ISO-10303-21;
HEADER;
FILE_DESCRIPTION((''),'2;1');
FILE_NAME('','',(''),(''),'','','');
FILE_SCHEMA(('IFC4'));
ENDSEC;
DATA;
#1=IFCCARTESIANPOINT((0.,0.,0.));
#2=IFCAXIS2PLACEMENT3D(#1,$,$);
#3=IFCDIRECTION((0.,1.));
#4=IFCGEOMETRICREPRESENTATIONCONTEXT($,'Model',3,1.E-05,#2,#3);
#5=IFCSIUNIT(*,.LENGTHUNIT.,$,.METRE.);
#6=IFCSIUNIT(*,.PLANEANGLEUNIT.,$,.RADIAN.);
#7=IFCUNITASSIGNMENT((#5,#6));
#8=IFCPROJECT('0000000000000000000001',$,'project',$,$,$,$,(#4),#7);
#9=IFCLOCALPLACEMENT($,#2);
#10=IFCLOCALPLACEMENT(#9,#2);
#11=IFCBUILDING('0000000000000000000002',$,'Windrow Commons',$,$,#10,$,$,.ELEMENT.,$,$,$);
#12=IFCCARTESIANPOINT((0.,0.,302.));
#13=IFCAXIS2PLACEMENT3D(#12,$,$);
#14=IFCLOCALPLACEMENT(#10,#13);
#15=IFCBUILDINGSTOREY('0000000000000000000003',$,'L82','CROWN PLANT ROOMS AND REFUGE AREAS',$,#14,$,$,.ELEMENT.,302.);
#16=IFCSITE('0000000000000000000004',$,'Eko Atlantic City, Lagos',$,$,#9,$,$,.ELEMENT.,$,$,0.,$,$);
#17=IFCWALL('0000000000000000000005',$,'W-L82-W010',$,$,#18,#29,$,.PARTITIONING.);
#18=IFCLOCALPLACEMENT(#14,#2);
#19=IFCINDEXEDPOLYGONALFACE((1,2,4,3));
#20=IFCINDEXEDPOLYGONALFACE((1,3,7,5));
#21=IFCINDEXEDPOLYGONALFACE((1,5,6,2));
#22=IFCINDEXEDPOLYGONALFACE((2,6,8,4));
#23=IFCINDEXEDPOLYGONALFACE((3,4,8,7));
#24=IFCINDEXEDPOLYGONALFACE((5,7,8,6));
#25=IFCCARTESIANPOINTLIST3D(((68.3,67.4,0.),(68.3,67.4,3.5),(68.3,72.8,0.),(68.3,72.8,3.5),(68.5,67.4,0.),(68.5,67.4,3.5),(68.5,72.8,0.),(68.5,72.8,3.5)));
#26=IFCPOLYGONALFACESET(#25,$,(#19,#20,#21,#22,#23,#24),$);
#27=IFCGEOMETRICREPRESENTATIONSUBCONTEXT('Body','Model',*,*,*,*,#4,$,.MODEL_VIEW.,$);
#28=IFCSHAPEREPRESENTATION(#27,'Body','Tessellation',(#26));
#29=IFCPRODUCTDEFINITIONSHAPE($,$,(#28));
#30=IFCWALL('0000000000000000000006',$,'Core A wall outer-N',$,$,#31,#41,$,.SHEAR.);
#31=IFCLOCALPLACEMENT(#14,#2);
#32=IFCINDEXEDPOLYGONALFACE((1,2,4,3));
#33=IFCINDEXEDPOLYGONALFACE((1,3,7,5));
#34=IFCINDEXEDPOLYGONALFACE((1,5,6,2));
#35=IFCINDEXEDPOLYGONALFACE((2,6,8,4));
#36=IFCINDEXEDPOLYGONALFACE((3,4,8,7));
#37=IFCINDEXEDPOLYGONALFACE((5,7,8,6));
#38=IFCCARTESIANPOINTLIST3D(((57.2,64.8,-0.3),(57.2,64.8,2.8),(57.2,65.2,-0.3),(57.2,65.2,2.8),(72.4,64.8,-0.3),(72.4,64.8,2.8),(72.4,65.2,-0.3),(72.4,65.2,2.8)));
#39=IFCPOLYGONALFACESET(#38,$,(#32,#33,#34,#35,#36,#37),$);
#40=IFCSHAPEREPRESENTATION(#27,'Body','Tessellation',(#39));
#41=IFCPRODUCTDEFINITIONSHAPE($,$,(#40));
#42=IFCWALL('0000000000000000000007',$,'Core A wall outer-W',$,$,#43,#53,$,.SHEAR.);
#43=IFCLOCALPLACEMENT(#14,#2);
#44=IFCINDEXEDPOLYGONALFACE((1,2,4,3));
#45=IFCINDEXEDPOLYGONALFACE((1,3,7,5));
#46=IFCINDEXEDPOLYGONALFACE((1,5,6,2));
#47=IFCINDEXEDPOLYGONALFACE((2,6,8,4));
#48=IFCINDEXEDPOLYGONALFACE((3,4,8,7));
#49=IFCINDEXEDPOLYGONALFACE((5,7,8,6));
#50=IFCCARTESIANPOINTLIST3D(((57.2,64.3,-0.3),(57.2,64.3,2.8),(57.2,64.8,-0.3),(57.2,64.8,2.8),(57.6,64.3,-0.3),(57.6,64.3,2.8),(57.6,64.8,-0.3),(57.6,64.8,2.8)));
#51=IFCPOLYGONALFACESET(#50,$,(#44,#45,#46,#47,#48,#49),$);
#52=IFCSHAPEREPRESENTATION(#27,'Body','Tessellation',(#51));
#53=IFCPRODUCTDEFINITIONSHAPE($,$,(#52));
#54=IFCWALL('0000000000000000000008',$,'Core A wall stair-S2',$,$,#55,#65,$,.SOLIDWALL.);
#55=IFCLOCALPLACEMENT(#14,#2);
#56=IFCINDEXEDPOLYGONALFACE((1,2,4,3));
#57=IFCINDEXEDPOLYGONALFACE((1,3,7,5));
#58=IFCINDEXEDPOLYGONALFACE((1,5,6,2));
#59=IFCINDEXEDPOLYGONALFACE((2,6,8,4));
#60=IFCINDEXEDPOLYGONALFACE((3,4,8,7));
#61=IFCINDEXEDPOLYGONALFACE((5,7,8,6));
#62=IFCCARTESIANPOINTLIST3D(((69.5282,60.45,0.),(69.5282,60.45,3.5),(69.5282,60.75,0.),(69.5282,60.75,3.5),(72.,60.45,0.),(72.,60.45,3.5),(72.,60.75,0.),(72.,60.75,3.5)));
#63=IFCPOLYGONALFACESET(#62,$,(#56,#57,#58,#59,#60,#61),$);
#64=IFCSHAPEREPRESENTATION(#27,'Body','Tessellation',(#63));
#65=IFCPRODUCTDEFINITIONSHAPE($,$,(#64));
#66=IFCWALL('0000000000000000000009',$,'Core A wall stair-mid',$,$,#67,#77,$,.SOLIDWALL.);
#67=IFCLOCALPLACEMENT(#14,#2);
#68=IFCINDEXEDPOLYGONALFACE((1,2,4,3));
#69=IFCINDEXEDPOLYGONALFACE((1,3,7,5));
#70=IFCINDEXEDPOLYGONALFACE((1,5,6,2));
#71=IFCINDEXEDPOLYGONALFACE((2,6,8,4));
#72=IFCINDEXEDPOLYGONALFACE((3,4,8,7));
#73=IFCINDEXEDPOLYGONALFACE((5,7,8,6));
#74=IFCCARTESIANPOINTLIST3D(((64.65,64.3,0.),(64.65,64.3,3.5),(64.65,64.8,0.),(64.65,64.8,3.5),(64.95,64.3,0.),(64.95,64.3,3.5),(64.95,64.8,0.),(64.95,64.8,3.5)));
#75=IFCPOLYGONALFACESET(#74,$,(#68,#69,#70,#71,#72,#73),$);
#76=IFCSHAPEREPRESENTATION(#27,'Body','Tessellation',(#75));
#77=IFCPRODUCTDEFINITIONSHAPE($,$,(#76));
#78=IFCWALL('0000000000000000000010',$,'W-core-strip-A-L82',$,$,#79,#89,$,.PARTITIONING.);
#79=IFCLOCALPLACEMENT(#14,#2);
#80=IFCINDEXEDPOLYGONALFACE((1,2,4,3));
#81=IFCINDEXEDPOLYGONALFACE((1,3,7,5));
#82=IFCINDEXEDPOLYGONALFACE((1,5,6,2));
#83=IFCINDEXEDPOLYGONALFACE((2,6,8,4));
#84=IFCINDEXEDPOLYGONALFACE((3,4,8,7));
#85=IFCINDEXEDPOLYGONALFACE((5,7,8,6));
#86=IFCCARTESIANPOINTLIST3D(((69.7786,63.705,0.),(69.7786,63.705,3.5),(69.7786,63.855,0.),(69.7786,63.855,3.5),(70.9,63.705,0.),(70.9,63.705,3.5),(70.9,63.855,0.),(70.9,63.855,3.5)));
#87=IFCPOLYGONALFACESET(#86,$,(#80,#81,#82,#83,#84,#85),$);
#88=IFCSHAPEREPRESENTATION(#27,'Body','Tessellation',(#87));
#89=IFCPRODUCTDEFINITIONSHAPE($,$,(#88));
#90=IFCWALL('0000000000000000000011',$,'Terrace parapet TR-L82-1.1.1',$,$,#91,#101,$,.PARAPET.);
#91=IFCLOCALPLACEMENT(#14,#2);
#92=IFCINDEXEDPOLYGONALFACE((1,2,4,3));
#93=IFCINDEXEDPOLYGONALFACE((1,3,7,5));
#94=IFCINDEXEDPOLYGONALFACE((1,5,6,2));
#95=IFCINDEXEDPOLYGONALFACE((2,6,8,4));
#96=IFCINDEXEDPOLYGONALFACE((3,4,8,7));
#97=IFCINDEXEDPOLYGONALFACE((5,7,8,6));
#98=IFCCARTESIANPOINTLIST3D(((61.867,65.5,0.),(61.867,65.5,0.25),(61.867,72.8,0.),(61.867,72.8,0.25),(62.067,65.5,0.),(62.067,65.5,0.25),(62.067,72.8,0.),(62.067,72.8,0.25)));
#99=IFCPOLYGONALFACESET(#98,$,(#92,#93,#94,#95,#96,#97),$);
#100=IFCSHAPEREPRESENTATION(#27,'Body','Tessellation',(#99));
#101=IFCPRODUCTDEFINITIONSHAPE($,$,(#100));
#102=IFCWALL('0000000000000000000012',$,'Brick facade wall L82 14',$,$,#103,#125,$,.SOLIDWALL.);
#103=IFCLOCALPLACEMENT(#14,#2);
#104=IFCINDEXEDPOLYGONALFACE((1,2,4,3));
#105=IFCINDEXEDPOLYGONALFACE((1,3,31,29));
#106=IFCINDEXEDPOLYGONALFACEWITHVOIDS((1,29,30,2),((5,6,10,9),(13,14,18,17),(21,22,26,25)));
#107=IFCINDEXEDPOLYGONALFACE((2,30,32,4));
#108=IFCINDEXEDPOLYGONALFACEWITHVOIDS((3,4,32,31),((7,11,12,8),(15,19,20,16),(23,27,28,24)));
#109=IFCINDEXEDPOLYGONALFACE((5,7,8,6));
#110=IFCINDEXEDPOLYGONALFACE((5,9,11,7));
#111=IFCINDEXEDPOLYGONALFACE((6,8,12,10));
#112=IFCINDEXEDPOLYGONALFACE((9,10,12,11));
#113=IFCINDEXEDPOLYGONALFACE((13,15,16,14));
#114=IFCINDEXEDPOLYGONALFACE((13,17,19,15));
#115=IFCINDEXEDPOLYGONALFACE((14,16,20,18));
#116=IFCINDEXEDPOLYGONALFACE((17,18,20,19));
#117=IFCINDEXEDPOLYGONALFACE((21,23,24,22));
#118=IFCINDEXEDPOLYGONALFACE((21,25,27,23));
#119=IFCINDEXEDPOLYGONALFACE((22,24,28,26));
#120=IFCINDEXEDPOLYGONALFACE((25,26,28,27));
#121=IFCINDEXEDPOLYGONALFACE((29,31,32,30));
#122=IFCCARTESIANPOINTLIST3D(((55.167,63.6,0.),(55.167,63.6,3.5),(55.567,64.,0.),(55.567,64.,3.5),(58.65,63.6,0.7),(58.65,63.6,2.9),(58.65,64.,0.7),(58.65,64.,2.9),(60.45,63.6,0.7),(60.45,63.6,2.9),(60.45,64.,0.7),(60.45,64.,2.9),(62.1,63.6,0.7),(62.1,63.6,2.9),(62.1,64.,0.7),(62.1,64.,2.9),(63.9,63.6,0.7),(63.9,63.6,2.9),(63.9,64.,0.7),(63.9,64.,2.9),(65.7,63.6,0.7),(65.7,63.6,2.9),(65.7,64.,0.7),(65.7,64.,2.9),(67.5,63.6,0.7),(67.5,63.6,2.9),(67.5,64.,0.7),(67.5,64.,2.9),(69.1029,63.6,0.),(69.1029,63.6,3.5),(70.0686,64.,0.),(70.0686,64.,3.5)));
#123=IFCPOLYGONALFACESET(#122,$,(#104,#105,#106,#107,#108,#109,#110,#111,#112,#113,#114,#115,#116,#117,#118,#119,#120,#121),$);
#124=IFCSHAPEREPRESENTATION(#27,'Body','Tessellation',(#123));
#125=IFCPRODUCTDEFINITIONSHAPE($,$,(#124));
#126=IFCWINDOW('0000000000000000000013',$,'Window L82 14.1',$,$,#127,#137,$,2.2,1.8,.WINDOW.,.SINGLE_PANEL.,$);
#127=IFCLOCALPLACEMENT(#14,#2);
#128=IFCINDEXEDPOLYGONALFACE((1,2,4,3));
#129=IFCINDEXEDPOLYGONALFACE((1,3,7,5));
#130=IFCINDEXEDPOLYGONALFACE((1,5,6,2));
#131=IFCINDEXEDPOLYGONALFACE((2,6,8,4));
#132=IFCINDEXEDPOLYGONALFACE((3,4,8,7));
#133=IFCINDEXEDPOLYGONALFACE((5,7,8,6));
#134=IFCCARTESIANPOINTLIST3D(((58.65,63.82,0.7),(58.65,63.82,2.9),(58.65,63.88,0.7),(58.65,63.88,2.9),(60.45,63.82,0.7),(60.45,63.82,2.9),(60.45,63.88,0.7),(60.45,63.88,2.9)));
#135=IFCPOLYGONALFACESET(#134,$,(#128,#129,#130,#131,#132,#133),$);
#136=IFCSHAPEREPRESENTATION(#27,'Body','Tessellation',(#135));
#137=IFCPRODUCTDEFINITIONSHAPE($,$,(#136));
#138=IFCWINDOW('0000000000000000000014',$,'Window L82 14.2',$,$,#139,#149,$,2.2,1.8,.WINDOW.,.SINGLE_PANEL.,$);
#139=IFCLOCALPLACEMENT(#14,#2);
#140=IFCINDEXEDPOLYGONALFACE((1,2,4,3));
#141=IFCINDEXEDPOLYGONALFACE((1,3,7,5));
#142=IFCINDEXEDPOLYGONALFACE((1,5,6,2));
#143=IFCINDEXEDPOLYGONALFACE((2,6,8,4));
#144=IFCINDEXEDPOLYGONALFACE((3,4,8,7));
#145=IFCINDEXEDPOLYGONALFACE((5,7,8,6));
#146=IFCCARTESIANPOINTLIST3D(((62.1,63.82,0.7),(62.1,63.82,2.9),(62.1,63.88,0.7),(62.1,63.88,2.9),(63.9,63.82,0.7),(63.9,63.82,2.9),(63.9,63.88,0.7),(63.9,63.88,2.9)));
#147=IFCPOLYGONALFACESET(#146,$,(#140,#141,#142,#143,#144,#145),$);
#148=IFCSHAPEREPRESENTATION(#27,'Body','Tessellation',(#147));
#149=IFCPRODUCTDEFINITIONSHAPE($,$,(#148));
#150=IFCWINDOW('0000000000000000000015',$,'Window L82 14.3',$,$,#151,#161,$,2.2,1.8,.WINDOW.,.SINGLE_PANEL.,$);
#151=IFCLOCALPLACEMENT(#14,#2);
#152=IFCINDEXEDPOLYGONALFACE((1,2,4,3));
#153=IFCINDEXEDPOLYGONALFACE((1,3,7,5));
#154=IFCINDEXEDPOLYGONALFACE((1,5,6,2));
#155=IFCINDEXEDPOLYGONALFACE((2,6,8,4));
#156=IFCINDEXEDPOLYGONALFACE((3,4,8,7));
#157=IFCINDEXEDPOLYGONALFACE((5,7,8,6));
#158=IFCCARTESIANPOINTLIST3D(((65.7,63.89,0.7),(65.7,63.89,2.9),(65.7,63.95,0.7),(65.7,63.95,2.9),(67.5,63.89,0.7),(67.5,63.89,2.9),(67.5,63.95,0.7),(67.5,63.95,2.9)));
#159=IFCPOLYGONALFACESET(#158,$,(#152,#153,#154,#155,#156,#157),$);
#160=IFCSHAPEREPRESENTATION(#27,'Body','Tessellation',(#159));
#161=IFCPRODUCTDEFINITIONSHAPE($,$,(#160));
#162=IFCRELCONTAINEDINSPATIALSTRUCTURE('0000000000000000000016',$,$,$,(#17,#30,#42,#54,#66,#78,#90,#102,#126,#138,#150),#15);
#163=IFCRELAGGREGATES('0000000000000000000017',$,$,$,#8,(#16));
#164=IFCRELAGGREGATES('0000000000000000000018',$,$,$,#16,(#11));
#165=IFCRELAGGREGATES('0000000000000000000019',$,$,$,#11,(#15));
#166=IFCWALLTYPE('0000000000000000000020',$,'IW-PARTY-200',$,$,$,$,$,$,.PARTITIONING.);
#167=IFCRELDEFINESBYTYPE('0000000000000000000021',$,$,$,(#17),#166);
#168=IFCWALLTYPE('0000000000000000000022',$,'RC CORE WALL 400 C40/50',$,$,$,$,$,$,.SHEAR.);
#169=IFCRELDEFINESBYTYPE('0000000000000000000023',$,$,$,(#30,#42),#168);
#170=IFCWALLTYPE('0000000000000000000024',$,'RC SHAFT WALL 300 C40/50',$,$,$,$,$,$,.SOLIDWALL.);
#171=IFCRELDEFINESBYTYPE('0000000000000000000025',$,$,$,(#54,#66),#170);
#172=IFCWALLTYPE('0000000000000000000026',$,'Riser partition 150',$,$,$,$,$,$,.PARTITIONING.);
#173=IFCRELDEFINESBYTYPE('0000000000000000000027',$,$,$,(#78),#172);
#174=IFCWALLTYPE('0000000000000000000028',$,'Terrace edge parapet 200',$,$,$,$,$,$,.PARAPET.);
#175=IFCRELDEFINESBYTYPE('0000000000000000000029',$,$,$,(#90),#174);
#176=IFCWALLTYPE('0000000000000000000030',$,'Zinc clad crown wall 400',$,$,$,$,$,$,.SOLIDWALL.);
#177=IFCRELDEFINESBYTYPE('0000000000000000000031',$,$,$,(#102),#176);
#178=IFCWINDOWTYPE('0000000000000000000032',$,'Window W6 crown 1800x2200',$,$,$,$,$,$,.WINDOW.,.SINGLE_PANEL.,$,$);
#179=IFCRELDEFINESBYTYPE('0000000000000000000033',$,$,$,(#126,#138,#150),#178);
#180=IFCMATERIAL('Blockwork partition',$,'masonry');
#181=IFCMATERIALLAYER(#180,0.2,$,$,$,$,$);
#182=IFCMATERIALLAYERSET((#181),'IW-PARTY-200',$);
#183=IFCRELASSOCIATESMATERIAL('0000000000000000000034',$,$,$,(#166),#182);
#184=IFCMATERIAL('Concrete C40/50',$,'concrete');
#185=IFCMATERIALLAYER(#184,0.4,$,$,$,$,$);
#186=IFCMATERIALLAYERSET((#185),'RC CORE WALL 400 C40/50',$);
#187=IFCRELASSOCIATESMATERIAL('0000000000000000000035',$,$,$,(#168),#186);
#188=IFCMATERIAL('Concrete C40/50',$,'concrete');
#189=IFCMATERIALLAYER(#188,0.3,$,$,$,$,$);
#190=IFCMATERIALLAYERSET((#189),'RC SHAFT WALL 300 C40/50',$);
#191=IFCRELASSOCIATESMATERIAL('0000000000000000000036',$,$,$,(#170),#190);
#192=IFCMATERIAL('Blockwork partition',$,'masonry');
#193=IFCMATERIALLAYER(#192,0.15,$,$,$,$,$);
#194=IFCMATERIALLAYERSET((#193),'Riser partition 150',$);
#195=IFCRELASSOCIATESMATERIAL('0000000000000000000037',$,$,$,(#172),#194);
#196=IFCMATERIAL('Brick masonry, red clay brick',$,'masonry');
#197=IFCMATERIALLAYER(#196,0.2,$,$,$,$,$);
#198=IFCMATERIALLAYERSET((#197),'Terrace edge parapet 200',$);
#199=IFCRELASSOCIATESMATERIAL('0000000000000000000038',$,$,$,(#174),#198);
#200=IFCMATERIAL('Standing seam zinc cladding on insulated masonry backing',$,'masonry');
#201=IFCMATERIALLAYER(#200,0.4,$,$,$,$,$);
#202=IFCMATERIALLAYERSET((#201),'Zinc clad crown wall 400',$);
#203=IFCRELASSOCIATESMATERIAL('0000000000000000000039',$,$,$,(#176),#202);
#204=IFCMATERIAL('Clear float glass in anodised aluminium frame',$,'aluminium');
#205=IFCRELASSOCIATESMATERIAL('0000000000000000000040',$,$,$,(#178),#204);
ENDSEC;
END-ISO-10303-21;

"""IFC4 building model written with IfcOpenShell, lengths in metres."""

from ifc_helpers import new_model, si_unit, direction, frame, frame_2d, origin, place, context, subcontext, project, spatial, polyline, rectangle, outline, extrude, material, layer, layer_set, type_object, element, fill, save


model = new_model("IFC4")

# Units and contexts
model_context = context("Model", 3, precision=1e-05, world=origin(), true_north=direction((0.0, 1.0)))
body_context = subcontext(model_context, "Body", "Model", "MODEL_VIEW")
ifc_project = project(units=[si_unit("LENGTHUNIT", "METRE"), si_unit("PLANEANGLEUNIT", "RADIAN")], contexts=[model_context])

# Site, building, storey
site_placement = place(None, origin())
site = spatial("IfcSite", under=ifc_project, at=site_placement, Name="Eko Atlantic City, Lagos", CompositionType="ELEMENT", RefElevation=0.0)
building_placement = place(site_placement, origin())
building = spatial("IfcBuilding", under=site, at=building_placement, Name="Windrow Commons", CompositionType="ELEMENT")
storey_placement = place(building_placement, frame((0.0, 0.0, 302.0)))
storey = spatial("IfcBuildingStorey", under=building, at=storey_placement, Name="L82", Description="CROWN PLANT ROOMS AND REFUGE AREAS", CompositionType="ELEMENT", Elevation=302.0)

# Walls
ifc_material_1 = material(Name="Blockwork partition", Category="masonry")
ifc_layer_1 = layer(ifc_material_1, 0.2)
ifc_layer_set_1 = layer_set([ifc_layer_1], Name="IW-PARTY-200")
wall_type_1 = type_object("IfcWallType", Name="IW-PARTY-200", PredefinedType="PARTITIONING", material=ifc_layer_set_1)
for number, where, z_axis, x_axis, name in (
    (1, (68.4, 67.4, 0.0), (0.0, 0.0, 1.0), (0.0, 1.0, 0.0), "W-L82-W010"),
):
    element("IfcWall", number, at=place(storey_placement, frame(where, z_axis=z_axis, x_axis=x_axis)), inside=storey, type_object=wall_type_1, Name=name, PredefinedType="PARTITIONING", context=body_context, shape_type="SweptSolid", body=[
        extrude(outline(polyline([(0.0, -0.1), (5.4, -0.1), (5.4, 0.1), (0.0, 0.1), (0.0, -0.1)])), origin(), (0.0, 0.0, 1.0), 3.5),
    ])
ifc_material_2 = material(Name="Concrete C40/50", Category="concrete")
ifc_layer_2 = layer(ifc_material_2, 0.4)
ifc_layer_set_2 = layer_set([ifc_layer_2], Name="RC CORE WALL 400 C40/50")
wall_type_2 = type_object("IfcWallType", Name="RC CORE WALL 400 C40/50", PredefinedType="SHEAR", material=ifc_layer_set_2)
wall_1_placement = place(storey_placement, frame((57.2, 65.0, -0.3), z_axis=(0.0, 0.0, 1.0), x_axis=(1.0, 0.0, 0.0)))
element("IfcWall", 2, at=wall_1_placement, inside=storey, type_object=wall_type_2, Name="Core A wall outer-N", PredefinedType="SHEAR", context=body_context, shape_type="SweptSolid", body=[
    extrude(outline(polyline([(0.0, 0.0), (15.2, 0.0), (15.2, 3.1), (0.0, 3.1), (0.0, 0.0)])), frame((0.0, 0.2, 0.0), z_axis=(0.0, -1.0, 0.0), x_axis=(1.0, 0.0, 0.0)), (0.0, 0.0, 1.0), 0.4),
])
wall_2_placement = place(storey_placement, frame((57.4, 64.3, -0.3), z_axis=(0.0, 0.0, 1.0), x_axis=(0.0, 1.0, 0.0)))
element("IfcWall", 3, at=wall_2_placement, inside=storey, type_object=wall_type_2, Name="Core A wall outer-W", PredefinedType="SHEAR", context=body_context, shape_type="SweptSolid", body=[
    extrude(outline(polyline([(0.0, 0.0), (0.5, 0.0), (0.5, 3.1), (0.0, 3.1), (0.0, 0.0)])), frame((0.0, 0.2, 0.0), z_axis=(0.0, -1.0, 0.0), x_axis=(1.0, 0.0, 0.0)), (0.0, 0.0, 1.0), 0.4),
])
ifc_material_3 = material(Name="Concrete C40/50", Category="concrete")
ifc_layer_3 = layer(ifc_material_3, 0.3)
ifc_layer_set_3 = layer_set([ifc_layer_3], Name="RC SHAFT WALL 300 C40/50")
wall_type_3 = type_object("IfcWallType", Name="RC SHAFT WALL 300 C40/50", PredefinedType="SOLIDWALL", material=ifc_layer_set_3)
wall_3_placement = place(storey_placement, frame((69.5282, 60.6, 0.0), z_axis=(0.0, 0.0, 1.0), x_axis=(1.0, 0.0, 0.0)))
element("IfcWall", 4, at=wall_3_placement, inside=storey, type_object=wall_type_3, Name="Core A wall stair-S2", PredefinedType="SOLIDWALL", context=body_context, shape_type="SweptSolid", body=[
    extrude(outline(polyline([(0.0, 0.0), (2.4718, 0.0), (2.4718, 3.5), (0.0, 3.5), (0.0, 0.0)])), frame((0.0, 0.15, 0.0), z_axis=(0.0, -1.0, 0.0), x_axis=(1.0, 0.0, 0.0)), (0.0, 0.0, 1.0), 0.3),
])
wall_4_placement = place(storey_placement, frame((64.8, 64.3, 0.0), z_axis=(0.0, 0.0, 1.0), x_axis=(0.0, 1.0, 0.0)))
element("IfcWall", 5, at=wall_4_placement, inside=storey, type_object=wall_type_3, Name="Core A wall stair-mid", PredefinedType="SOLIDWALL", context=body_context, shape_type="SweptSolid", body=[
    extrude(outline(polyline([(0.0, 0.0), (0.5, 0.0), (0.5, 3.5), (0.0, 3.5), (0.0, 0.0)])), frame((0.0, 0.15, 0.0), z_axis=(0.0, -1.0, 0.0), x_axis=(1.0, 0.0, 0.0)), (0.0, 0.0, 1.0), 0.3),
])
ifc_material_4 = material(Name="Blockwork partition", Category="masonry")
ifc_layer_4 = layer(ifc_material_4, 0.15)
ifc_layer_set_4 = layer_set([ifc_layer_4], Name="Riser partition 150")
wall_type_4 = type_object("IfcWallType", Name="Riser partition 150", PredefinedType="PARTITIONING", material=ifc_layer_set_4)
wall_5_placement = place(storey_placement, frame((69.7786, 63.78, 0.0), z_axis=(0.0, 0.0, 1.0), x_axis=(1.0, 0.0, 0.0)))
element("IfcWall", 6, at=wall_5_placement, inside=storey, type_object=wall_type_4, Name="W-core-strip-A-L82", PredefinedType="PARTITIONING", context=body_context, shape_type="SweptSolid", body=[
    extrude(outline(polyline([(0.0, 0.0), (1.1214, 0.0), (1.1214, 3.5), (0.0, 3.5), (0.0, 0.0)])), frame((0.0, 0.075, 0.0), z_axis=(0.0, -1.0, 0.0), x_axis=(1.0, 0.0, 0.0)), (0.0, 0.0, 1.0), 0.15),
])
ifc_material_5 = material(Name="Brick masonry, red clay brick", Category="masonry")
ifc_layer_5 = layer(ifc_material_5, 0.2)
ifc_layer_set_5 = layer_set([ifc_layer_5], Name="Terrace edge parapet 200")
wall_type_5 = type_object("IfcWallType", Name="Terrace edge parapet 200", PredefinedType="PARAPET", material=ifc_layer_set_5)
wall_6_placement = place(storey_placement, frame((61.967, 65.5, 0.0), z_axis=(0.0, 0.0, 1.0), x_axis=(0.0, 1.0, 0.0)))
element("IfcWall", 7, at=wall_6_placement, inside=storey, type_object=wall_type_5, Name="Terrace parapet TR-L82-1.1.1", PredefinedType="PARAPET", context=body_context, shape_type="SweptSolid", body=[
    extrude(outline(polyline([(0.0, -0.1), (7.3, -0.1), (7.3, 0.1), (0.0, 0.1), (0.0, -0.1)])), origin(), (0.0, 0.0, 1.0), 0.25),
])

# Wall, openings, windows
ifc_material_6 = material(Name="Standing seam zinc cladding on insulated masonry backing", Category="masonry")
ifc_layer_6 = layer(ifc_material_6, 0.4)
ifc_layer_set_6 = layer_set([ifc_layer_6], Name="Zinc clad crown wall 400")
wall_type_6 = type_object("IfcWallType", Name="Zinc clad crown wall 400", PredefinedType="SOLIDWALL", material=ifc_layer_set_6)
wall_7_placement = place(storey_placement, frame((55.367, 63.8, 0.0), z_axis=(0.0, 0.0, 1.0), x_axis=(1.0, 0.0, 0.0)))
wall_7 = element("IfcWall", 8, at=wall_7_placement, inside=storey, type_object=wall_type_6, Name="Brick facade wall L82 14", PredefinedType="SOLIDWALL", context=body_context, shape_type="SweptSolid", body=[
    extrude(outline(polyline([(-0.2, -0.2), (13.7359, -0.2), (14.7016, 0.2), (0.2, 0.2), (-0.2, -0.2)])), origin(), (0.0, 0.0, 1.0), 3.5),
])
opening_1_placement = place(wall_7_placement, frame((3.283, 0.0, 0.7)))
opening_1 = element("IfcOpeningElement", 9, at=opening_1_placement, cuts=wall_7, PredefinedType="OPENING", context=body_context, shape_type="SweptSolid", body=[
    extrude(rectangle(XDim=1.8, YDim=2.2, at=frame_2d((0.9, 1.1))), frame((0.0, 0.21, 0.0), z_axis=(0.0, -1.0, 0.0), x_axis=(1.0, 0.0, 0.0)), (0.0, 0.0, 1.0), 0.42),
])
opening_2_placement = place(wall_7_placement, frame((6.733, 0.0, 0.7)))
opening_2 = element("IfcOpeningElement", 10, at=opening_2_placement, cuts=wall_7, PredefinedType="OPENING", context=body_context, shape_type="SweptSolid", body=[
    extrude(rectangle(XDim=1.8, YDim=2.2, at=frame_2d((0.9, 1.1))), frame((0.0, 0.21, 0.0), z_axis=(0.0, -1.0, 0.0), x_axis=(1.0, 0.0, 0.0)), (0.0, 0.0, 1.0), 0.42),
])
opening_3_placement = place(wall_7_placement, frame((10.333, 0.0, 0.7)))
opening_3 = element("IfcOpeningElement", 11, at=opening_3_placement, cuts=wall_7, PredefinedType="OPENING", context=body_context, shape_type="SweptSolid", body=[
    extrude(rectangle(XDim=1.8, YDim=2.2, at=frame_2d((0.9, 1.1))), frame((0.0, 0.21, 0.0), z_axis=(0.0, -1.0, 0.0), x_axis=(1.0, 0.0, 0.0)), (0.0, 0.0, 1.0), 0.42),
])
ifc_material_7 = material(Name="Clear float glass in anodised aluminium frame", Category="aluminium")
window_type = type_object("IfcWindowType", Name="Window W6 crown 1800x2200", PartitioningType="SINGLE_PANEL", PredefinedType="WINDOW", material=ifc_material_7)
window_1_placement = place(opening_1_placement, origin())
window_1 = element("IfcWindow", 12, at=window_1_placement, inside=storey, type_object=window_type, Name="Window L82 14.1", OverallHeight=2.2, OverallWidth=1.8, PartitioningType="SINGLE_PANEL", PredefinedType="WINDOW", context=body_context, shape_type="SweptSolid", body=[
    extrude(rectangle(XDim=1.8, YDim=2.2, at=frame_2d((0.9, 1.1))), frame((0.0, 0.08, 0.0), z_axis=(0.0, -1.0, 0.0), x_axis=(1.0, 0.0, 0.0)), (0.0, 0.0, 1.0), 0.06),
])
fill(opening_1, window_1)
window_2_placement = place(opening_2_placement, origin())
window_2 = element("IfcWindow", 13, at=window_2_placement, inside=storey, type_object=window_type, Name="Window L82 14.2", OverallHeight=2.2, OverallWidth=1.8, PartitioningType="SINGLE_PANEL", PredefinedType="WINDOW", context=body_context, shape_type="SweptSolid", body=[
    extrude(rectangle(XDim=1.8, YDim=2.2, at=frame_2d((0.9, 1.1))), frame((0.0, 0.08, 0.0), z_axis=(0.0, -1.0, 0.0), x_axis=(1.0, 0.0, 0.0)), (0.0, 0.0, 1.0), 0.06),
])
fill(opening_2, window_2)
window_3_placement = place(opening_3_placement, origin())
window_3 = element("IfcWindow", 14, at=window_3_placement, inside=storey, type_object=window_type, Name="Window L82 14.3", OverallHeight=2.2, OverallWidth=1.8, PartitioningType="SINGLE_PANEL", PredefinedType="WINDOW", context=body_context, shape_type="SweptSolid", body=[
    extrude(rectangle(XDim=1.8, YDim=2.2, at=frame_2d((0.9, 1.1))), frame((0.0, 0.15, 0.0), z_axis=(0.0, -1.0, 0.0), x_axis=(1.0, 0.0, 0.0)), (0.0, 0.0, 1.0), 0.06),
])
fill(opening_3, window_3)

save(model, "model.ifc")
